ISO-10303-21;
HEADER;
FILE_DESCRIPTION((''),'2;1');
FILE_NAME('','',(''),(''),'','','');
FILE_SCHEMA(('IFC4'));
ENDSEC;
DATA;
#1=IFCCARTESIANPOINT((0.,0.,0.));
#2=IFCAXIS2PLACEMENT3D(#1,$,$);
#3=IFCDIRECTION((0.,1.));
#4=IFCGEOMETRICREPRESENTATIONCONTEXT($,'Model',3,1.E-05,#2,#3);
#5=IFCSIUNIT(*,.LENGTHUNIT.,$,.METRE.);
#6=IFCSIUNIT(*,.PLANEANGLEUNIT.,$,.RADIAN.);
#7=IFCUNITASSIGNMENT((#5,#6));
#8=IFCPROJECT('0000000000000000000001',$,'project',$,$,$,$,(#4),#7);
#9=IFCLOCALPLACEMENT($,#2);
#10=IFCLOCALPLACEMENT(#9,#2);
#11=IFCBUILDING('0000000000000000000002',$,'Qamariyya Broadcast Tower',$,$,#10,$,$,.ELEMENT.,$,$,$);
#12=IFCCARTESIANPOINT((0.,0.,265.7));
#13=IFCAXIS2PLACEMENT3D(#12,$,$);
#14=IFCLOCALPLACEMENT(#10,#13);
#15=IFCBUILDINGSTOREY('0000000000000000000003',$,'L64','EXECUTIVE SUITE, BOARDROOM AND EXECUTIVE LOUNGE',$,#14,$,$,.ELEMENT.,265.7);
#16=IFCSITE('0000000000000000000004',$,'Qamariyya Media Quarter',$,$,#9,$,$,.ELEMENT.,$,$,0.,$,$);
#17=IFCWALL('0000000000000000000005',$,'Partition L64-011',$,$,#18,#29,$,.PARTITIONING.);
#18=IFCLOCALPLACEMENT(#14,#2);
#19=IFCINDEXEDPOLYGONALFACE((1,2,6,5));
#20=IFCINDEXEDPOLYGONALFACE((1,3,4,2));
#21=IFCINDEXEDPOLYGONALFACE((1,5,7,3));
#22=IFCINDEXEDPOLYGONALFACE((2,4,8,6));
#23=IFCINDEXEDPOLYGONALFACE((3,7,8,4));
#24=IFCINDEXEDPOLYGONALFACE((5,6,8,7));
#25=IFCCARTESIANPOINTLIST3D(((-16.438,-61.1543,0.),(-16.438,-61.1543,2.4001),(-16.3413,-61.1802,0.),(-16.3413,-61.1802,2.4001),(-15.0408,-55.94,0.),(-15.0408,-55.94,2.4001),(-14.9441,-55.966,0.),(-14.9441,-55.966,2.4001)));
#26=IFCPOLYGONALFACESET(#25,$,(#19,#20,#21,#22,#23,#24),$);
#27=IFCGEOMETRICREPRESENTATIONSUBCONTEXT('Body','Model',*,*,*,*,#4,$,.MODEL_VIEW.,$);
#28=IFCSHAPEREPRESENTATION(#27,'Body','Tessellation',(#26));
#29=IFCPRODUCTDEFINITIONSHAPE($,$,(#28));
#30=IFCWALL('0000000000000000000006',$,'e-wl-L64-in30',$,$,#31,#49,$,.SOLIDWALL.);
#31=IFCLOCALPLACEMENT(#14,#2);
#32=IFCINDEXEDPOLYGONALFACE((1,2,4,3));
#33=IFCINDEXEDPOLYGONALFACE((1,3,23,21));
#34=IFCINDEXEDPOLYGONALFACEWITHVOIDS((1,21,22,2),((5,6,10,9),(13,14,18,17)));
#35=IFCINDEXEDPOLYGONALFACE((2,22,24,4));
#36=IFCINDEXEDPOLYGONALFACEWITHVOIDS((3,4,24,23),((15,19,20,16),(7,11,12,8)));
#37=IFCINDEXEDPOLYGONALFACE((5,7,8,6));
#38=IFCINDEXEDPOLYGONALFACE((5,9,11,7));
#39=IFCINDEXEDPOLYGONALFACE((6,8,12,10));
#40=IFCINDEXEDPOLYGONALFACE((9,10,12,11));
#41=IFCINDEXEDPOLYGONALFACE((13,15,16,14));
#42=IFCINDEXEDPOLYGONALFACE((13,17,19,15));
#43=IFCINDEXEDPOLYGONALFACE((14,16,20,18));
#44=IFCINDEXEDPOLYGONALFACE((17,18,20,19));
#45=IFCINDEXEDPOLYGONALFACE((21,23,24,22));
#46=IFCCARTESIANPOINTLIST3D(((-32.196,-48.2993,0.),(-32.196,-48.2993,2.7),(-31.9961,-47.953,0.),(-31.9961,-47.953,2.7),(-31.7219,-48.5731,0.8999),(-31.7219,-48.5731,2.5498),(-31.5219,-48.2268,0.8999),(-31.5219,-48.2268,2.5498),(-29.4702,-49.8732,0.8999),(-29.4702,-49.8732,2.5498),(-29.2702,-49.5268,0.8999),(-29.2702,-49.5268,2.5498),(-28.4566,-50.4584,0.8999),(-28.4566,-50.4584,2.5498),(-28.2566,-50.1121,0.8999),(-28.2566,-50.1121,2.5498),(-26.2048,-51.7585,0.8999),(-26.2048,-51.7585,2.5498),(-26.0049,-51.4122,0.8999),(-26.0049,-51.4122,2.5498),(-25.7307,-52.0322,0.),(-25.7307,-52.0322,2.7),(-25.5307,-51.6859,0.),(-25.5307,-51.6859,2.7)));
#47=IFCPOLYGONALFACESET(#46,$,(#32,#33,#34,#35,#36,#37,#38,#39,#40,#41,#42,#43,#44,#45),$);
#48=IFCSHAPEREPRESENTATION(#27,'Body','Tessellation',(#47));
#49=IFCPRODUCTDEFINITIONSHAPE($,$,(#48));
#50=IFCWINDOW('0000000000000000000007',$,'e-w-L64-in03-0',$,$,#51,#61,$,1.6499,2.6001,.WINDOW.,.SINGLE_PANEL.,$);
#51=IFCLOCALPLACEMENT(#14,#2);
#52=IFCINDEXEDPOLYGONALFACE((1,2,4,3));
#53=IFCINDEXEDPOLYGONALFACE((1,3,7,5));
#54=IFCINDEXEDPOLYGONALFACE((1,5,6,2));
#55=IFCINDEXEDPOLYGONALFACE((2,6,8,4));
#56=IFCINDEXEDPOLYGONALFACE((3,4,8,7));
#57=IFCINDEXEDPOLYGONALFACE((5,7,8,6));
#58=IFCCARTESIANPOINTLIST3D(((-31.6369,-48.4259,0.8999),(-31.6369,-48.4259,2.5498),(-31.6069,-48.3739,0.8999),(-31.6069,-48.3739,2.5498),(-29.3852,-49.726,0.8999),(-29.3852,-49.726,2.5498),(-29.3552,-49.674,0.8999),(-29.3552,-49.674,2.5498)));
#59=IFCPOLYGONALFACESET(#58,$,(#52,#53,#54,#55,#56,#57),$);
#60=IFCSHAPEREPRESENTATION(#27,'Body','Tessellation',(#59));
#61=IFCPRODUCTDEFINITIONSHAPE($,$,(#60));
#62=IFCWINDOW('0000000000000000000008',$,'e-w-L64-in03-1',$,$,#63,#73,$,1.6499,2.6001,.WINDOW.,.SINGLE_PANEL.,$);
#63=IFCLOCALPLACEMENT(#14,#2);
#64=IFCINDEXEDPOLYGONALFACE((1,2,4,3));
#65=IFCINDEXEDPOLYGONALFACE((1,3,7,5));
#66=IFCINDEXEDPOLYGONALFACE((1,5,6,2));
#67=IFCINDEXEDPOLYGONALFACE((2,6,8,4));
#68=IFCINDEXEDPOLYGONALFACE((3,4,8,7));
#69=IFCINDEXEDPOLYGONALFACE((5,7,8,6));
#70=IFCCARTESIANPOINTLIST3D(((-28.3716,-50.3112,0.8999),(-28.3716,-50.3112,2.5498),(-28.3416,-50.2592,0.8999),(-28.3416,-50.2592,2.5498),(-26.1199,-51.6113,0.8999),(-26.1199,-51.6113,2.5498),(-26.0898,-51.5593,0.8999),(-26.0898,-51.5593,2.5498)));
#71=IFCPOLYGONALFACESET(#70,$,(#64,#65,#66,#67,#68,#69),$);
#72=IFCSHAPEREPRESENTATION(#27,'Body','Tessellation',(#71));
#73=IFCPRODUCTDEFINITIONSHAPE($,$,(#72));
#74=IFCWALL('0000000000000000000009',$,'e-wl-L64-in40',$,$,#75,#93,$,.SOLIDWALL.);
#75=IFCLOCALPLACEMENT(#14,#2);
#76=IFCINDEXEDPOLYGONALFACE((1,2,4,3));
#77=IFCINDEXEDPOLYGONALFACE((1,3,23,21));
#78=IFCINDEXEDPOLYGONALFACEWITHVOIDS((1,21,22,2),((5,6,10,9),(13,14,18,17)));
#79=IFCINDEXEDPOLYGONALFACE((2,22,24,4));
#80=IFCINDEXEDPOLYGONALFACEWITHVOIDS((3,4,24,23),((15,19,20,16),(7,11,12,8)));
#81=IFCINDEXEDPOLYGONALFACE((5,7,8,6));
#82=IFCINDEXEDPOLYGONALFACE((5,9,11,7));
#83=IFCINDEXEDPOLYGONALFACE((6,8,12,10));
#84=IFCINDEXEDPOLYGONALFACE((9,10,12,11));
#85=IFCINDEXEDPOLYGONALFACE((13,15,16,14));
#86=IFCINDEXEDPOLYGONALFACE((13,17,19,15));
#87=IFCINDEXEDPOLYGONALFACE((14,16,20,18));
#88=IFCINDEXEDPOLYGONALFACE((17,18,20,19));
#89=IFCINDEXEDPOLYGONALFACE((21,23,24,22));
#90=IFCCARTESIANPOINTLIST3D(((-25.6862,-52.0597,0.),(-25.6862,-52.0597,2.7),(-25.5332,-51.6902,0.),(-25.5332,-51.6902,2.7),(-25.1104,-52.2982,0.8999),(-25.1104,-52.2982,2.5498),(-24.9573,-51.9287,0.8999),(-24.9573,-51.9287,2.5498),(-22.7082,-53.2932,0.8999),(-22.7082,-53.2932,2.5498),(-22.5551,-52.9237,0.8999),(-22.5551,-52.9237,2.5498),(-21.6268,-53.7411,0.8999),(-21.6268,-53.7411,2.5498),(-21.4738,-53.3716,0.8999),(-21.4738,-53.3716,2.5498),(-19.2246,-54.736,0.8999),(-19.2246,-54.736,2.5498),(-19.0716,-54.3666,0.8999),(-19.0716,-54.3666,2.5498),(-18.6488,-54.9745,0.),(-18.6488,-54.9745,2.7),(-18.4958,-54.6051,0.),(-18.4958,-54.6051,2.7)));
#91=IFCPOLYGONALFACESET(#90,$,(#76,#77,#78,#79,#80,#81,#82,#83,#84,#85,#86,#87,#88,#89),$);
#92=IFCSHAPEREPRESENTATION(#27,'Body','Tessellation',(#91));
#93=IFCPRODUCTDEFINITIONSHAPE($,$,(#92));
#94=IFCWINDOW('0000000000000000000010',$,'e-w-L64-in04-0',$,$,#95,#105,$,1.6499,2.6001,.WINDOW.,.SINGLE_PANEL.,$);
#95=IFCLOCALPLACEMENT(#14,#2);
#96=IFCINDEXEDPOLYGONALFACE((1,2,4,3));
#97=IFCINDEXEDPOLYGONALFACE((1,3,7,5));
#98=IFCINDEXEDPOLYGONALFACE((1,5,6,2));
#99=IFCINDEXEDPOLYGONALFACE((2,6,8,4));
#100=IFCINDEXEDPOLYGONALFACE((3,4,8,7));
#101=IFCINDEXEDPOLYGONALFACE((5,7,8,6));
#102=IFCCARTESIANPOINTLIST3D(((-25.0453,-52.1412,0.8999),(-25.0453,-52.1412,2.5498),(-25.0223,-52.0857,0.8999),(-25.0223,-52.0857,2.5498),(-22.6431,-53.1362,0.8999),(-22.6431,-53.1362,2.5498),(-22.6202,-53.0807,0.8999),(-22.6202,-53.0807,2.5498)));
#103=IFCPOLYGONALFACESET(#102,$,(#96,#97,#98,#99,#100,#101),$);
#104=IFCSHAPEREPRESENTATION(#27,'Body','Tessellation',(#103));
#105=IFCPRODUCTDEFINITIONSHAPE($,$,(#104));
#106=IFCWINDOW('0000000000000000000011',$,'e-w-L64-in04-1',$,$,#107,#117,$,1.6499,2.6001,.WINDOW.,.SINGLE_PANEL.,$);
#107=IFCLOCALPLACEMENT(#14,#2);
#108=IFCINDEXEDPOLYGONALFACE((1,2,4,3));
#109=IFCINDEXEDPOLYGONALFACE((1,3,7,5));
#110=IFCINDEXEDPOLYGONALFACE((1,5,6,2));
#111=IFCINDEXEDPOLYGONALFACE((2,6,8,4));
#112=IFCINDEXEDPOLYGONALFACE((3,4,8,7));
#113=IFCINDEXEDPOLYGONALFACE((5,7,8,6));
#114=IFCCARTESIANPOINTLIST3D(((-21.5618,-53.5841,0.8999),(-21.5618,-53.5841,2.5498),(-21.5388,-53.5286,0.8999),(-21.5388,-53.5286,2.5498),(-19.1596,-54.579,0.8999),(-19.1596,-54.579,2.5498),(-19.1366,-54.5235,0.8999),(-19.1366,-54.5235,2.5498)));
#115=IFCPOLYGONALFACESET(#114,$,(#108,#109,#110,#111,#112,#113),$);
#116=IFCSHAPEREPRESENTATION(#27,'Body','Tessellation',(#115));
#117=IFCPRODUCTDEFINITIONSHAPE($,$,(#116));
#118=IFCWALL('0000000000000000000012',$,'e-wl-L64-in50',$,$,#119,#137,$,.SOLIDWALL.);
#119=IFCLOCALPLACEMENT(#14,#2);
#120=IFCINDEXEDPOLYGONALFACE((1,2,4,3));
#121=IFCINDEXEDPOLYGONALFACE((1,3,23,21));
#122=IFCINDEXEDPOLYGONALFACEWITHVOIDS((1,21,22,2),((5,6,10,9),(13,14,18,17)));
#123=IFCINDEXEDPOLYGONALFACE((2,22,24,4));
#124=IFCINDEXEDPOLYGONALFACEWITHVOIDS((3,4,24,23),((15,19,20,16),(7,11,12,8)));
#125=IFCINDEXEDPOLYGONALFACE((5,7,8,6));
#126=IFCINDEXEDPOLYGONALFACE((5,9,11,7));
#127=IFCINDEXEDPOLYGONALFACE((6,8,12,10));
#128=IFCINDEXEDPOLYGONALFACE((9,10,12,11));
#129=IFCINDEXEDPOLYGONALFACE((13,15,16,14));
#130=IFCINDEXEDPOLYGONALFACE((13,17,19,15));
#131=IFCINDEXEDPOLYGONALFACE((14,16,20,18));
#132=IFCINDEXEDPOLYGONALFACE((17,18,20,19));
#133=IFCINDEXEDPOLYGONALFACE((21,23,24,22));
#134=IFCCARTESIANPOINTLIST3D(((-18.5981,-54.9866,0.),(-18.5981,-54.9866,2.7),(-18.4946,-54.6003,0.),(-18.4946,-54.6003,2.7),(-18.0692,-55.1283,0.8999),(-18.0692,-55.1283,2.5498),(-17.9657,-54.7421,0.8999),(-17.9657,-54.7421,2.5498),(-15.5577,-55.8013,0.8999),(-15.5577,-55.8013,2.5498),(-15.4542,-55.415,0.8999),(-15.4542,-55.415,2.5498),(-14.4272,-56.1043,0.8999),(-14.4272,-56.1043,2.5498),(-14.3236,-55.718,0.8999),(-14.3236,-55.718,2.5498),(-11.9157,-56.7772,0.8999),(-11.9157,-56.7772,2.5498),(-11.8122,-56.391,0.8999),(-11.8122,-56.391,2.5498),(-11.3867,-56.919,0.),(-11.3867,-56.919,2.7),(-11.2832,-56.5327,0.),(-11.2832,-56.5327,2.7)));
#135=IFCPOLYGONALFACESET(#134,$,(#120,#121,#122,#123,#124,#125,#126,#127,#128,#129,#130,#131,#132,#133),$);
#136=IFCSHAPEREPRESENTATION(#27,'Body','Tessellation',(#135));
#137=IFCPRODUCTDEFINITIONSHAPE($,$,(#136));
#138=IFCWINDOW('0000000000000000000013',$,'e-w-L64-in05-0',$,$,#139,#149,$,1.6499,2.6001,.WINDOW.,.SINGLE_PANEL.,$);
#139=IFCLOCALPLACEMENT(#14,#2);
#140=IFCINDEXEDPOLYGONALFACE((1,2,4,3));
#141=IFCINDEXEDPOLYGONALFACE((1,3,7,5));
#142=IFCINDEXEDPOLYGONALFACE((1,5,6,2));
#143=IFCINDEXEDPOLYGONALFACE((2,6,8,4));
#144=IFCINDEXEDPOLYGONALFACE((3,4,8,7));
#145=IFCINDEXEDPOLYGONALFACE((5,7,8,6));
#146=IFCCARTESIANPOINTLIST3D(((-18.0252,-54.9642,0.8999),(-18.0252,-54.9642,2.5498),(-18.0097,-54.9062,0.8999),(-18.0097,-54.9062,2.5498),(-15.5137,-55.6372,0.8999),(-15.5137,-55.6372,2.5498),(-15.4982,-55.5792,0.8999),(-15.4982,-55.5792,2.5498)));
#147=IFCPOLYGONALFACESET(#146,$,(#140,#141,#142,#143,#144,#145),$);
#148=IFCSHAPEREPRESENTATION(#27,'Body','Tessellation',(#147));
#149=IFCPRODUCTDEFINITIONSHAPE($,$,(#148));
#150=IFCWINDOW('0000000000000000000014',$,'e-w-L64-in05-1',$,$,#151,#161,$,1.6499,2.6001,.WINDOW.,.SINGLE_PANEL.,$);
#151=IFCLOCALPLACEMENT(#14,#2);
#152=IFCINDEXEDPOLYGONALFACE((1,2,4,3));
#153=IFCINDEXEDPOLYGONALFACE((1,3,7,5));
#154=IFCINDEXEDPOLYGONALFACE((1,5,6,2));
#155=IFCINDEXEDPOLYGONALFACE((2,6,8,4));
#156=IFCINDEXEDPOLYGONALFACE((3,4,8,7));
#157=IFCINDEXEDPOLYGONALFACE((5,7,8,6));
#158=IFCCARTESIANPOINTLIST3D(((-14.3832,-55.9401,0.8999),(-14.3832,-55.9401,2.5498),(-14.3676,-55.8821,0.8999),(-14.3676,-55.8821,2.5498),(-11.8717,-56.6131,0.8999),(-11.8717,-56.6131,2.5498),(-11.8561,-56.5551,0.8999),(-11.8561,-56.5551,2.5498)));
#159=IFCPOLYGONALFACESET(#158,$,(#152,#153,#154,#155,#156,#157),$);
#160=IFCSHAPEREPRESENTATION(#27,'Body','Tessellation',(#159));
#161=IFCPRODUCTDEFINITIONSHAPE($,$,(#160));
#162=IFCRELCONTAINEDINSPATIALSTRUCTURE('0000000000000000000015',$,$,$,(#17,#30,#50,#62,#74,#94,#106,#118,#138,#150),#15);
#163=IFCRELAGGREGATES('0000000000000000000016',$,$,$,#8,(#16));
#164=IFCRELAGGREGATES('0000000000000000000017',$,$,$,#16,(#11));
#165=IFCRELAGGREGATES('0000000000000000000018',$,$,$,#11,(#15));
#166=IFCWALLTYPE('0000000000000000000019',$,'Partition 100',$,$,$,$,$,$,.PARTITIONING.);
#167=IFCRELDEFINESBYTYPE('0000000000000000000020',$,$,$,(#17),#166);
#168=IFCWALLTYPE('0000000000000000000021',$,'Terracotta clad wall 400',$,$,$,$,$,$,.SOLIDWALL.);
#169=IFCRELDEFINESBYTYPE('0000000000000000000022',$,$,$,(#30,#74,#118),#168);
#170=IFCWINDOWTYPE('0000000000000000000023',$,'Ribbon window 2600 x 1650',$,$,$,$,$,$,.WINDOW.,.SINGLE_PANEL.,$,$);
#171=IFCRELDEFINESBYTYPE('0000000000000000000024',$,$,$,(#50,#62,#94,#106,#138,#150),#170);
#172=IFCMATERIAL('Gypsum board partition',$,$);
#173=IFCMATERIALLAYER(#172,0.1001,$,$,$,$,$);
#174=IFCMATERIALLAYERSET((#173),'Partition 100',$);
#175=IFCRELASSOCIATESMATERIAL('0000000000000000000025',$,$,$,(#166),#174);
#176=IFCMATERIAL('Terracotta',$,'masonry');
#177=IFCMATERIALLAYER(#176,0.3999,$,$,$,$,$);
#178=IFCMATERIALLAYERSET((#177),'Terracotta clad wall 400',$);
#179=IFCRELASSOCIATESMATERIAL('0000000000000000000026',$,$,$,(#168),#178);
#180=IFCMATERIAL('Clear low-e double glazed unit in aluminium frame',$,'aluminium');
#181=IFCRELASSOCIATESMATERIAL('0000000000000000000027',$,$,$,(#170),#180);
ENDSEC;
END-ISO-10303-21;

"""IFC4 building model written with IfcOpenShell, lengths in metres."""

from ifc_helpers import new_model, si_unit, direction, frame, frame_2d, origin, place, context, subcontext, project, spatial, rectangle, extrude, material, layer, layer_set, type_object, element, fill, save


model = new_model("IFC4")

# Units and contexts
model_context = context("Model", 3, precision=1e-05, world=origin(), true_north=direction((0.0, 1.0)))
body_context = subcontext(model_context, "Body", "Model", "MODEL_VIEW")
ifc_project = project(units=[si_unit("LENGTHUNIT", "METRE"), si_unit("PLANEANGLEUNIT", "RADIAN")], contexts=[model_context])

# Site, building, storey
site_placement = place(None, origin())
site = spatial("IfcSite", under=ifc_project, at=site_placement, Name="Qamariyya Media Quarter", CompositionType="ELEMENT", RefElevation=0.0)
building_placement = place(site_placement, origin())
building = spatial("IfcBuilding", under=site, at=building_placement, Name="Qamariyya Broadcast Tower", CompositionType="ELEMENT")
storey_placement = place(building_placement, frame((0.0, 0.0, 265.7)))
storey = spatial("IfcBuildingStorey", under=building, at=storey_placement, Name="L64", Description="EXECUTIVE SUITE, BOARDROOM AND EXECUTIVE LOUNGE", CompositionType="ELEMENT", Elevation=265.7)

# Wall
ifc_material_1 = material(Name="Gypsum board partition")
ifc_layer_1 = layer(ifc_material_1, 0.1001)
ifc_layer_set_1 = layer_set([ifc_layer_1], Name="Partition 100")
wall_type_1 = type_object("IfcWallType", Name="Partition 100", PredefinedType="PARTITIONING", material=ifc_layer_set_1)
wall_1_placement = place(storey_placement, frame((-14.9924, -55.9529, 0.0), z_axis=(0.0, 0.0, 1.0), x_axis=(-0.258825, -0.965924, 0.0)))
element("IfcWall", 1, at=wall_1_placement, inside=storey, type_object=wall_type_1, Name="Partition L64-011", PredefinedType="PARTITIONING", context=body_context, shape_type="SweptSolid", body=[
    extrude(rectangle(XDim=5.3982, YDim=0.1001, at=frame_2d((2.6992, 0.0))), origin(), (0.0, 0.0, 1.0), 2.4001),
])

# Walls, openings, windows
ifc_material_2 = material(Name="Terracotta", Category="masonry")
ifc_layer_2 = layer(ifc_material_2, 0.3999)
ifc_layer_set_2 = layer_set([ifc_layer_2], Name="Terracotta clad wall 400")
wall_type_2 = type_object("IfcWallType", Name="Terracotta clad wall 400", PredefinedType="SOLIDWALL", material=ifc_layer_set_2)
wall_2_placement = place(storey_placement, frame((-25.6306, -51.8591, 0.0), z_axis=(0.0, 0.0, 1.0), x_axis=(-0.866017, 0.500015, 0.0)))
wall_2 = element("IfcWall", 2, at=wall_2_placement, inside=storey, type_object=wall_type_2, Name="e-wl-L64-in30", PredefinedType="SOLIDWALL", context=body_context, shape_type="SweptSolid", body=[
    extrude(rectangle(XDim=7.4656, YDim=0.3999, at=frame_2d((3.7329, 0.0))), origin(), (0.0, 0.0, 1.0), 2.7),
])
opening_1_placement = place(wall_2_placement, frame((4.3181, 0.0, 0.8999)))
opening_1 = element("IfcOpeningElement", 3, at=opening_1_placement, cuts=wall_2, PredefinedType="OPENING", context=body_context, shape_type="SweptSolid", body=[
    extrude(rectangle(XDim=2.6001, YDim=1.6499, at=frame_2d((1.3, 0.825))), frame((0.0, 0.21, 0.0), z_axis=(0.0, -1.0, 0.0), x_axis=(1.0, 0.0, 0.0)), (0.0, 0.0, 1.0), 0.4199),
])
opening_2_placement = place(wall_2_placement, frame((0.5476, 0.0, 0.8999)))
opening_2 = element("IfcOpeningElement", 4, at=opening_2_placement, cuts=wall_2, PredefinedType="OPENING", context=body_context, shape_type="SweptSolid", body=[
    extrude(rectangle(XDim=2.6001, YDim=1.6499, at=frame_2d((1.3, 0.825))), frame((0.0, 0.21, 0.0), z_axis=(0.0, -1.0, 0.0), x_axis=(1.0, 0.0, 0.0)), (0.0, 0.0, 1.0), 0.4199),
])
ifc_material_3 = material(Name="Clear low-e double glazed unit in aluminium frame", Category="aluminium")
window_type = type_object("IfcWindowType", Name="Ribbon window 2600 x 1650", PartitioningType="SINGLE_PANEL", PredefinedType="WINDOW", material=ifc_material_3)
window_1_placement = place(opening_1_placement, origin())
window_1 = element("IfcWindow", 5, at=window_1_placement, inside=storey, type_object=window_type, Name="e-w-L64-in03-0", OverallHeight=1.6499, OverallWidth=2.6001, PartitioningType="SINGLE_PANEL", PredefinedType="WINDOW", context=body_context, shape_type="SweptSolid", body=[
    extrude(rectangle(XDim=2.6001, YDim=1.6499, at=frame_2d((1.3, 0.825))), frame((0.0, 0.03, 0.0), z_axis=(0.0, -1.0, 0.0), x_axis=(1.0, 0.0, 0.0)), (0.0, 0.0, 1.0), 0.0601),
])
fill(opening_1, window_1)
window_2_placement = place(opening_2_placement, origin())
window_2 = element("IfcWindow", 6, at=window_2_placement, inside=storey, type_object=window_type, Name="e-w-L64-in03-1", OverallHeight=1.6499, OverallWidth=2.6001, PartitioningType="SINGLE_PANEL", PredefinedType="WINDOW", context=body_context, shape_type="SweptSolid", body=[
    extrude(rectangle(XDim=2.6001, YDim=1.6499, at=frame_2d((1.3, 0.825))), frame((0.0, 0.03, 0.0), z_axis=(0.0, -1.0, 0.0), x_axis=(1.0, 0.0, 0.0)), (0.0, 0.0, 1.0), 0.0601),
])
fill(opening_2, window_2)
wall_3_placement = place(storey_placement, frame((-18.5723, -54.7898, 0.0), z_axis=(0.0, 0.0, 1.0), x_axis=(-0.923888, 0.382664, 0.0)))
wall_3 = element("IfcWall", 7, at=wall_3_placement, inside=storey, type_object=wall_type_2, Name="e-wl-L64-in40", PredefinedType="SOLIDWALL", context=body_context, shape_type="SweptSolid", body=[
    extrude(rectangle(XDim=7.6172, YDim=0.3999, at=frame_2d((3.8086, 0.0))), origin(), (0.0, 0.0, 1.0), 2.7),
])
opening_3_placement = place(wall_3_placement, frame((4.3938, 0.0, 0.8999)))
opening_3 = element("IfcOpeningElement", 8, at=opening_3_placement, cuts=wall_3, PredefinedType="OPENING", context=body_context, shape_type="SweptSolid", body=[
    extrude(rectangle(XDim=2.6001, YDim=1.6499, at=frame_2d((1.3, 0.825))), frame((0.0, 0.21, 0.0), z_axis=(0.0, -1.0, 0.0), x_axis=(1.0, 0.0, 0.0)), (0.0, 0.0, 1.0), 0.4199),
])
opening_4_placement = place(wall_3_placement, frame((0.6233, 0.0, 0.8999)))
opening_4 = element("IfcOpeningElement", 9, at=opening_4_placement, cuts=wall_3, PredefinedType="OPENING", context=body_context, shape_type="SweptSolid", body=[
    extrude(rectangle(XDim=2.6001, YDim=1.6499, at=frame_2d((1.3, 0.825))), frame((0.0, 0.21, 0.0), z_axis=(0.0, -1.0, 0.0), x_axis=(1.0, 0.0, 0.0)), (0.0, 0.0, 1.0), 0.4199),
])
window_3_placement = place(opening_3_placement, origin())
window_3 = element("IfcWindow", 10, at=window_3_placement, inside=storey, type_object=window_type, Name="e-w-L64-in04-0", OverallHeight=1.6499, OverallWidth=2.6001, PartitioningType="SINGLE_PANEL", PredefinedType="WINDOW", context=body_context, shape_type="SweptSolid", body=[
    extrude(rectangle(XDim=2.6001, YDim=1.6499, at=frame_2d((1.3, 0.825))), frame((0.0, 0.03, 0.0), z_axis=(0.0, -1.0, 0.0), x_axis=(1.0, 0.0, 0.0)), (0.0, 0.0, 1.0), 0.0601),
])
fill(opening_3, window_3)
window_4_placement = place(opening_4_placement, origin())
window_4 = element("IfcWindow", 11, at=window_4_placement, inside=storey, type_object=window_type, Name="e-w-L64-in04-1", OverallHeight=1.6499, OverallWidth=2.6001, PartitioningType="SINGLE_PANEL", PredefinedType="WINDOW", context=body_context, shape_type="SweptSolid", body=[
    extrude(rectangle(XDim=2.6001, YDim=1.6499, at=frame_2d((1.3, 0.825))), frame((0.0, 0.03, 0.0), z_axis=(0.0, -1.0, 0.0), x_axis=(1.0, 0.0, 0.0)), (0.0, 0.0, 1.0), 0.0601),
])
fill(opening_4, window_4)
wall_4_placement = place(storey_placement, frame((-11.335, -56.7258, 0.0), z_axis=(0.0, 0.0, 1.0), x_axis=(-0.965923, 0.258829, 0.0)))
wall_4 = element("IfcWall", 12, at=wall_4_placement, inside=storey, type_object=wall_type_2, Name="e-wl-L64-in50", PredefinedType="SOLIDWALL", context=body_context, shape_type="SweptSolid", body=[
    extrude(rectangle(XDim=7.4658, YDim=0.3999, at=frame_2d((3.7329, 0.0))), origin(), (0.0, 0.0, 1.0), 2.7),
])
opening_5_placement = place(wall_4_placement, frame((4.3181, 0.0, 0.8999)))
opening_5 = element("IfcOpeningElement", 13, at=opening_5_placement, cuts=wall_4, PredefinedType="OPENING", context=body_context, shape_type="SweptSolid", body=[
    extrude(rectangle(XDim=2.6001, YDim=1.6499, at=frame_2d((1.3, 0.825))), frame((0.0, 0.21, 0.0), z_axis=(0.0, -1.0, 0.0), x_axis=(1.0, 0.0, 0.0)), (0.0, 0.0, 1.0), 0.4199),
])
opening_6_placement = place(wall_4_placement, frame((0.5476, 0.0, 0.8999)))
opening_6 = element("IfcOpeningElement", 14, at=opening_6_placement, cuts=wall_4, PredefinedType="OPENING", context=body_context, shape_type="SweptSolid", body=[
    extrude(rectangle(XDim=2.6001, YDim=1.6499, at=frame_2d((1.3, 0.825))), frame((0.0, 0.21, 0.0), z_axis=(0.0, -1.0, 0.0), x_axis=(1.0, 0.0, 0.0)), (0.0, 0.0, 1.0), 0.4199),
])
window_5_placement = place(opening_5_placement, origin())
window_5 = element("IfcWindow", 15, at=window_5_placement, inside=storey, type_object=window_type, Name="e-w-L64-in05-0", OverallHeight=1.6499, OverallWidth=2.6001, PartitioningType="SINGLE_PANEL", PredefinedType="WINDOW", context=body_context, shape_type="SweptSolid", body=[
    extrude(rectangle(XDim=2.6001, YDim=1.6499, at=frame_2d((1.3, 0.825))), frame((0.0, 0.03, 0.0), z_axis=(0.0, -1.0, 0.0), x_axis=(1.0, 0.0, 0.0)), (0.0, 0.0, 1.0), 0.0601),
])
fill(opening_5, window_5)
window_6_placement = place(opening_6_placement, origin())
window_6 = element("IfcWindow", 16, at=window_6_placement, inside=storey, type_object=window_type, Name="e-w-L64-in05-1", OverallHeight=1.6499, OverallWidth=2.6001, PartitioningType="SINGLE_PANEL", PredefinedType="WINDOW", context=body_context, shape_type="SweptSolid", body=[
    extrude(rectangle(XDim=2.6001, YDim=1.6499, at=frame_2d((1.3, 0.825))), frame((0.0, 0.03, 0.0), z_axis=(0.0, -1.0, 0.0), x_axis=(1.0, 0.0, 0.0)), (0.0, 0.0, 1.0), 0.0601),
])
fill(opening_6, window_6)

save(model, "model.ifc")
